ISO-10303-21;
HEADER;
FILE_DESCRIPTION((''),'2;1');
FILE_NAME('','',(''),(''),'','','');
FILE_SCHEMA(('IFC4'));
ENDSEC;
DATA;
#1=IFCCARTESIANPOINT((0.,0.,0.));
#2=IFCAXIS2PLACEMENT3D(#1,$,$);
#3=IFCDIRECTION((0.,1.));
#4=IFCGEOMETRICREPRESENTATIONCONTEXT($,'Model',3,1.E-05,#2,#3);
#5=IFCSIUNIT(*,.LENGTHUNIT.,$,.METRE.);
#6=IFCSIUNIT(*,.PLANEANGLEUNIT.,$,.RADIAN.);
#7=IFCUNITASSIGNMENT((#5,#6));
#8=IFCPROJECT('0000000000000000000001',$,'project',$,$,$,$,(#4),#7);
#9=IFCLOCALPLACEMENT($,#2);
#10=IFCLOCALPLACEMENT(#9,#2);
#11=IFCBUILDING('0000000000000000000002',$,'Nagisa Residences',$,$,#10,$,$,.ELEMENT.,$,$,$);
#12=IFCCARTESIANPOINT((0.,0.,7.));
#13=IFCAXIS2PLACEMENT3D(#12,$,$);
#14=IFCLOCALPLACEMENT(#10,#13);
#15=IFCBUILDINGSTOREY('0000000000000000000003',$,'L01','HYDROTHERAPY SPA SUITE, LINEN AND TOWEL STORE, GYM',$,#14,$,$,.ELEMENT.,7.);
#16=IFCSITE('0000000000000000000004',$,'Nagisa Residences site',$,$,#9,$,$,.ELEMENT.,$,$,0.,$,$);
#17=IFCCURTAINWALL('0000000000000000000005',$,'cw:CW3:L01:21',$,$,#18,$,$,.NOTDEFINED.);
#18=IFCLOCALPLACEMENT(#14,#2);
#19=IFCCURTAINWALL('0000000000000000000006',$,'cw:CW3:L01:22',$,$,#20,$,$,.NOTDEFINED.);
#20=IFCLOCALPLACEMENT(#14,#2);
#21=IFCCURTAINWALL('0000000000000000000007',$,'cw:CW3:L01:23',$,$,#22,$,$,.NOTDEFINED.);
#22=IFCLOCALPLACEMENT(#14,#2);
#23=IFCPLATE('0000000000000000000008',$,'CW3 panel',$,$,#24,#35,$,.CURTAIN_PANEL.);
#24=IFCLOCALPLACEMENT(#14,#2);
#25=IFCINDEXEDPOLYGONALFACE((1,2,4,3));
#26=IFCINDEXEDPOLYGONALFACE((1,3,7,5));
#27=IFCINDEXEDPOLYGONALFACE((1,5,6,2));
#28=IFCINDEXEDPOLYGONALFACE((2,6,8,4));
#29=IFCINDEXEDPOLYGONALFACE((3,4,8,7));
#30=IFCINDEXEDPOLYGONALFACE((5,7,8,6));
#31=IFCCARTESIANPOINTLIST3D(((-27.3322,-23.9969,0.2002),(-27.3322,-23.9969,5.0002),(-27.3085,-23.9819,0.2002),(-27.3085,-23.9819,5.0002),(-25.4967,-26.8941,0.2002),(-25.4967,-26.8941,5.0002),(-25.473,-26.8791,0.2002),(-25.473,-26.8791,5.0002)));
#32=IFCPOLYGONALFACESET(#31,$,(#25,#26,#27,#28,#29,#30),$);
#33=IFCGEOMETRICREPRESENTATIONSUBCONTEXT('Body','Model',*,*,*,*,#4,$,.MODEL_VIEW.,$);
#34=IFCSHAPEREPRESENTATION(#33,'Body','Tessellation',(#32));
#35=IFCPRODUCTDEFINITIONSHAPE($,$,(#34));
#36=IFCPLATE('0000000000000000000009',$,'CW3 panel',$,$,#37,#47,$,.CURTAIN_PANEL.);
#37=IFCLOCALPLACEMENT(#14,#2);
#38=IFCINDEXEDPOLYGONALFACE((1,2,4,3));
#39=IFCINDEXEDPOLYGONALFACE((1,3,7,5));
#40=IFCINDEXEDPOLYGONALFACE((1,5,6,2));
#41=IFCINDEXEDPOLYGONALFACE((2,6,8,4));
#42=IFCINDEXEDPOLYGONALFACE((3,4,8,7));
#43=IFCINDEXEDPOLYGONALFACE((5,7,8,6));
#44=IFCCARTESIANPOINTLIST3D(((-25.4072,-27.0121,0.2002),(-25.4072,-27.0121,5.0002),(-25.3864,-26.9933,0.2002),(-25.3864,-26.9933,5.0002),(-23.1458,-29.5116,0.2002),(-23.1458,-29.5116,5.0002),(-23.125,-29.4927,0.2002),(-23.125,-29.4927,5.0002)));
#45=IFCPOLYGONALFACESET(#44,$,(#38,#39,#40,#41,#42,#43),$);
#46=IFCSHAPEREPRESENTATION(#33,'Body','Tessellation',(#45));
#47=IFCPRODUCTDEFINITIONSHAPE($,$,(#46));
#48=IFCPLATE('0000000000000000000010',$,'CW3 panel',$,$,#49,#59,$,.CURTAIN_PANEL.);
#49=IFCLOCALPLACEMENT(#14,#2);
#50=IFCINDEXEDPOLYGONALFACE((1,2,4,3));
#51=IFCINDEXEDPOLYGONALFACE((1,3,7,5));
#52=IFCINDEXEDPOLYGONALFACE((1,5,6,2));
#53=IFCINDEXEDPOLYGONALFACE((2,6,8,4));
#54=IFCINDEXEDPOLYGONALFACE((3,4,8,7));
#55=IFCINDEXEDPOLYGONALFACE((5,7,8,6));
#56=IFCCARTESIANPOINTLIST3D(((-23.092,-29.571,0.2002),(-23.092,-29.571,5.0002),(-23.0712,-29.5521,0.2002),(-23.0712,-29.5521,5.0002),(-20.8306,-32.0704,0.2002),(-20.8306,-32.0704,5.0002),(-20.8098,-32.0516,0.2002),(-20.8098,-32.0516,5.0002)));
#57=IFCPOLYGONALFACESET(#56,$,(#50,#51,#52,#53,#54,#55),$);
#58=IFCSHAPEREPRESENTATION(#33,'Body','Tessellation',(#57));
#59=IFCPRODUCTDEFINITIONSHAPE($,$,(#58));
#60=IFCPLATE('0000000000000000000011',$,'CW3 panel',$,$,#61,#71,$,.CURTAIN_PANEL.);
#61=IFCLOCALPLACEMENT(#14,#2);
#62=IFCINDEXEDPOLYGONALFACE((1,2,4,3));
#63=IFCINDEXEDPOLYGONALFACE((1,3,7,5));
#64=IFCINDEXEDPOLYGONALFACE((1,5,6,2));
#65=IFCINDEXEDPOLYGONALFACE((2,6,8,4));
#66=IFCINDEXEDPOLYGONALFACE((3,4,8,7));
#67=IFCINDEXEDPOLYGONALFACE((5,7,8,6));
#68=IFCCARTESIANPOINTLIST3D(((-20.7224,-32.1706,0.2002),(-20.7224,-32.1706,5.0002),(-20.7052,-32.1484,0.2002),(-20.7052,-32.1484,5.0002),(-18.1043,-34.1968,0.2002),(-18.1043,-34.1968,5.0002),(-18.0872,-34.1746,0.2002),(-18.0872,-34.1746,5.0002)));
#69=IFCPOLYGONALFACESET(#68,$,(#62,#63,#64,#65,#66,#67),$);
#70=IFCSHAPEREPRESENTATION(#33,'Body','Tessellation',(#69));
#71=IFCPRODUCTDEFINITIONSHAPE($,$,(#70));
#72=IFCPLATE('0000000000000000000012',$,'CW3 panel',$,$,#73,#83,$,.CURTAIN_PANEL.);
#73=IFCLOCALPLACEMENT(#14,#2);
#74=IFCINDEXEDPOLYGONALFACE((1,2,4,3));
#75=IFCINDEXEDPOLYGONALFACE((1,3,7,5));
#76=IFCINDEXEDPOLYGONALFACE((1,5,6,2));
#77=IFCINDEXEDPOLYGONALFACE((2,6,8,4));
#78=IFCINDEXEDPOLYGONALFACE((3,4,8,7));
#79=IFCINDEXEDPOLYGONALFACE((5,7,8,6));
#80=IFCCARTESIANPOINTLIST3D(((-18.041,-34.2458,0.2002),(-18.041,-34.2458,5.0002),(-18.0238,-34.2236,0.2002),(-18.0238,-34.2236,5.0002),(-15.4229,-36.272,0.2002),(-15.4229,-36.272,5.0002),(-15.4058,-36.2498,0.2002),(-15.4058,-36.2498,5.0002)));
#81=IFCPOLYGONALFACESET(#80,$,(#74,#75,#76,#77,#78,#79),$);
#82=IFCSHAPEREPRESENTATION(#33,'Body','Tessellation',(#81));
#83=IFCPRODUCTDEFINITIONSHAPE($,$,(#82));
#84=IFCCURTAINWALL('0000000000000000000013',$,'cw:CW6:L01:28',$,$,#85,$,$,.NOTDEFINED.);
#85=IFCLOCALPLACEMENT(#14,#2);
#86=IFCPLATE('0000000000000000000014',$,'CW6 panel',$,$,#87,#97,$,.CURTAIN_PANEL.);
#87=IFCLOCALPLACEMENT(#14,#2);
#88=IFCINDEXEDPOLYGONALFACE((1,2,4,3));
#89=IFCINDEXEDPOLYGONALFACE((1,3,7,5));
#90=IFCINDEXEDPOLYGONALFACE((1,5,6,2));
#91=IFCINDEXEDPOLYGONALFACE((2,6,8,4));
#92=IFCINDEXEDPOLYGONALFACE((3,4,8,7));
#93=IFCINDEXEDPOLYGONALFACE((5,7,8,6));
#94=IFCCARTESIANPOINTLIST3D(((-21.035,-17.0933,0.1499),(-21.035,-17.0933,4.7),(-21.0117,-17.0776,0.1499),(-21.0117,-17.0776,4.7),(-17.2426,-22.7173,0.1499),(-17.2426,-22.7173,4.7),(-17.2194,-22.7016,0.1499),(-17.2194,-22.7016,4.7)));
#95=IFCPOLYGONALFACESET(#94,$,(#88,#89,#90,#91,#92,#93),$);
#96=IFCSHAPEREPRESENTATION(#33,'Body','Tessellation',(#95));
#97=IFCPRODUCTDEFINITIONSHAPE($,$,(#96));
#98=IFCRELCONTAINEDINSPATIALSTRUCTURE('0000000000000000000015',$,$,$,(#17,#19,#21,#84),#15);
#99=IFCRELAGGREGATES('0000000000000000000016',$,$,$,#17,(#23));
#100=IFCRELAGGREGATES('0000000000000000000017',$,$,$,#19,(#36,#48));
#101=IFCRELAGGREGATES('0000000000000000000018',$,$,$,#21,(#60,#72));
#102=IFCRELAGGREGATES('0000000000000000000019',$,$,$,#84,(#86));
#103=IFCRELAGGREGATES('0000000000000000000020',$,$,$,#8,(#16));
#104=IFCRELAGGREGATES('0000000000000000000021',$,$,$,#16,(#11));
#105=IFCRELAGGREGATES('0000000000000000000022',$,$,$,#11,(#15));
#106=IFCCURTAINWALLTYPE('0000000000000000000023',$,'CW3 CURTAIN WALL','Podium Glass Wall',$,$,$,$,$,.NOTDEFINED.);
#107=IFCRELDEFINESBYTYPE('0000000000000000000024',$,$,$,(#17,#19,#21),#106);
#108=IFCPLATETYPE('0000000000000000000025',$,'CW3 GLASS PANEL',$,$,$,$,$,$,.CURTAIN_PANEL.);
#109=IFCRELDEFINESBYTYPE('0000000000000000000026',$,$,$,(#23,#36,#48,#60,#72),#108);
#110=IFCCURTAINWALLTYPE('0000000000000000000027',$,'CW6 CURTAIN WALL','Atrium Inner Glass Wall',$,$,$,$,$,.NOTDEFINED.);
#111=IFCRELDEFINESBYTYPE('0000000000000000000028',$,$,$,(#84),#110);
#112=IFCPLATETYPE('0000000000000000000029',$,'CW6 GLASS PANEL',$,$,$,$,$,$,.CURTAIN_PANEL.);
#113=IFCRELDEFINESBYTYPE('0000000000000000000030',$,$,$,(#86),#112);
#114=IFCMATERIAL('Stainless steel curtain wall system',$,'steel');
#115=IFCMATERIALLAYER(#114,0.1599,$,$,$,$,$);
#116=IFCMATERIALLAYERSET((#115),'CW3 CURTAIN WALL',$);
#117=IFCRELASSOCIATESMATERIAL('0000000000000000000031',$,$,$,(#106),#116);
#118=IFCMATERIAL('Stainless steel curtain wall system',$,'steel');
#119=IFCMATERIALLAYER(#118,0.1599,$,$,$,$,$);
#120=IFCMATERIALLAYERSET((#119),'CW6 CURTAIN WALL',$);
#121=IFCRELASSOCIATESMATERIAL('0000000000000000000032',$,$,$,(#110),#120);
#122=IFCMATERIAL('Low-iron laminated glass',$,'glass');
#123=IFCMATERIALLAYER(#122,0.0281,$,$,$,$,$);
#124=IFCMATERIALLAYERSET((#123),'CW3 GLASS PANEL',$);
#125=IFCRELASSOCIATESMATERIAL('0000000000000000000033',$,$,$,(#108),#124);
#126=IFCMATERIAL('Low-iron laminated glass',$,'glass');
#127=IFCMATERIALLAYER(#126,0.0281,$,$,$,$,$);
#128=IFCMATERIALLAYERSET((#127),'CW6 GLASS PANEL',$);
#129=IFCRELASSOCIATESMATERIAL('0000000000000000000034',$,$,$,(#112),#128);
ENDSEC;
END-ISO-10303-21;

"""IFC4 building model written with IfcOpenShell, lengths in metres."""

from ifc_helpers import new_model, si_unit, direction, frame, origin, origin_2d, place, context, subcontext, project, spatial, rectangle, extrude, material, layer, layer_set, type_object, element, aggregate, save


model = new_model("IFC4")

# Units and contexts
model_context = context("Model", 3, precision=1e-05, world=origin(), true_north=direction((0.0, 1.0)))
body_context = subcontext(model_context, "Body", "Model", "MODEL_VIEW")
ifc_project = project(units=[si_unit("LENGTHUNIT", "METRE"), si_unit("PLANEANGLEUNIT", "RADIAN")], contexts=[model_context])

# Site, building, storey
site_placement = place(None, origin())
site = spatial("IfcSite", under=ifc_project, at=site_placement, Name="Nagisa Residences site", CompositionType="ELEMENT", RefElevation=0.0)
building_placement = place(site_placement, origin())
building = spatial("IfcBuilding", under=site, at=building_placement, Name="Nagisa Residences", CompositionType="ELEMENT")
storey_placement = place(building_placement, frame((0.0, 0.0, 7.0)))
storey = spatial("IfcBuildingStorey", under=building, at=storey_placement, Name="L01", Description="HYDROTHERAPY SPA SUITE, LINEN AND TOWEL STORE, GYM", CompositionType="ELEMENT", Elevation=7.0)

# Curtain walls
ifc_material_1 = material(Name="Stainless steel curtain wall system", Category="steel")
ifc_layer_1 = layer(ifc_material_1, 0.1599)
ifc_layer_set_1 = layer_set([ifc_layer_1], Name="CW3 CURTAIN WALL")
curtain_wall_type_1 = type_object("IfcCurtainWallType", Name="CW3 CURTAIN WALL", Description="Podium Glass Wall", PredefinedType="NOTDEFINED", material=ifc_layer_set_1)
curtain_wall_1_placement = place(storey_placement, origin())
curtain_wall_1 = element("IfcCurtainWall", 1, at=curtain_wall_1_placement, inside=storey, type_object=curtain_wall_type_1, Name="cw:CW3:L01:21", PredefinedType="NOTDEFINED")
curtain_wall_2_placement = place(storey_placement, origin())
curtain_wall_2 = element("IfcCurtainWall", 2, at=curtain_wall_2_placement, inside=storey, type_object=curtain_wall_type_1, Name="cw:CW3:L01:22", PredefinedType="NOTDEFINED")
curtain_wall_3_placement = place(storey_placement, origin())
curtain_wall_3 = element("IfcCurtainWall", 3, at=curtain_wall_3_placement, inside=storey, type_object=curtain_wall_type_1, Name="cw:CW3:L01:23", PredefinedType="NOTDEFINED")

# Shared definitions
ifc_material_2 = material(Name="Stainless steel curtain wall system", Category="steel")
ifc_layer_2 = layer(ifc_material_2, 0.1599)
ifc_layer_set_2 = layer_set([ifc_layer_2], Name="CW6 CURTAIN WALL")
curtain_wall_type_2 = type_object("IfcCurtainWallType", Name="CW6 CURTAIN WALL", Description="Atrium Inner Glass Wall", PredefinedType="NOTDEFINED", material=ifc_layer_set_2)

# Plates
ifc_material_3 = material(Name="Low-iron laminated glass", Category="glass")
ifc_layer_3 = layer(ifc_material_3, 0.0281)
ifc_layer_set_3 = layer_set([ifc_layer_3], Name="CW3 GLASS PANEL")
plate_type_1 = type_object("IfcPlateType", Name="CW3 GLASS PANEL", PredefinedType="CURTAIN_PANEL", material=ifc_layer_set_3)
plate_1_placement = place(storey_placement, frame((-26.4026, -25.438, 0.2002), z_axis=(0.0, 0.0, 1.0), x_axis=(0.535165, -0.844747, 0.0)))
plate_1 = element("IfcPlate", 4, at=plate_1_placement, type_object=plate_type_1, Name="CW3 panel", PredefinedType="CURTAIN_PANEL", context=body_context, shape_type="SweptSolid", body=[
    extrude(rectangle(XDim=3.4297, YDim=0.0281, at=origin_2d()), origin(), (0.0, 0.0, 1.0), 4.8),
])
aggregate(curtain_wall_1, [plate_1])
plate_2_placement = place(storey_placement, frame((-24.2661, -28.2524, 0.2002), z_axis=(0.0, 0.0, 1.0), x_axis=(0.670913, -0.741536, 0.0)))
plate_2 = element("IfcPlate", 5, at=plate_2_placement, type_object=plate_type_1, Name="CW3 panel", PredefinedType="CURTAIN_PANEL", context=body_context, shape_type="SweptSolid", body=[
    extrude(rectangle(XDim=3.3706, YDim=0.0281, at=origin_2d()), origin(), (0.0, 0.0, 1.0), 4.8),
])
plate_3_placement = place(storey_placement, frame((-21.9509, -30.8113, 0.2002), z_axis=(0.0, 0.0, 1.0), x_axis=(0.670913, -0.741536, 0.0)))
plate_3 = element("IfcPlate", 6, at=plate_3_placement, type_object=plate_type_1, Name="CW3 panel", PredefinedType="CURTAIN_PANEL", context=body_context, shape_type="SweptSolid", body=[
    extrude(rectangle(XDim=3.3706, YDim=0.0281, at=origin_2d()), origin(), (0.0, 0.0, 1.0), 4.8),
])
aggregate(curtain_wall_2, [plate_2, plate_3])
plate_4_placement = place(storey_placement, frame((-19.4048, -33.1726, 0.2002), z_axis=(0.0, 0.0, 1.0), x_axis=(0.790831, -0.612035, 0.0)))
plate_4 = element("IfcPlate", 7, at=plate_4_placement, type_object=plate_type_1, Name="CW3 panel", PredefinedType="CURTAIN_PANEL", context=body_context, shape_type="SweptSolid", body=[
    extrude(rectangle(XDim=3.3105, YDim=0.0281, at=origin_2d()), origin(), (0.0, 0.0, 1.0), 4.8),
])
plate_5_placement = place(storey_placement, frame((-16.7234, -35.2478, 0.2002), z_axis=(0.0, 0.0, 1.0), x_axis=(0.790831, -0.612035, 0.0)))
plate_5 = element("IfcPlate", 8, at=plate_5_placement, type_object=plate_type_1, Name="CW3 panel", PredefinedType="CURTAIN_PANEL", context=body_context, shape_type="SweptSolid", body=[
    extrude(rectangle(XDim=3.3105, YDim=0.0281, at=origin_2d()), origin(), (0.0, 0.0, 1.0), 4.8),
])
aggregate(curtain_wall_3, [plate_4, plate_5])

# Curtain wall, plate
curtain_wall_4_placement = place(storey_placement, origin())
curtain_wall_4 = element("IfcCurtainWall", 9, at=curtain_wall_4_placement, inside=storey, type_object=curtain_wall_type_2, Name="cw:CW6:L01:28", PredefinedType="NOTDEFINED")
ifc_material_4 = material(Name="Low-iron laminated glass", Category="glass")
ifc_layer_4 = layer(ifc_material_4, 0.0281)
ifc_layer_set_4 = layer_set([ifc_layer_4], Name="CW6 GLASS PANEL")
plate_type_2 = type_object("IfcPlateType", Name="CW6 GLASS PANEL", PredefinedType="CURTAIN_PANEL", material=ifc_layer_set_4)
plate_6_placement = place(storey_placement, frame((-19.1272, -19.8975, 0.1499), z_axis=(0.0, 0.0, 1.0), x_axis=(0.559084, -0.829111, 0.0)))
plate_6 = element("IfcPlate", 10, at=plate_6_placement, type_object=plate_type_2, Name="CW6 panel", PredefinedType="CURTAIN_PANEL", context=body_context, shape_type="SweptSolid", body=[
    extrude(rectangle(XDim=6.7832, YDim=0.0281, at=origin_2d()), origin(), (0.0, 0.0, 1.0), 4.55),
])
aggregate(curtain_wall_4, [plate_6])

save(model, "model.ifc")
